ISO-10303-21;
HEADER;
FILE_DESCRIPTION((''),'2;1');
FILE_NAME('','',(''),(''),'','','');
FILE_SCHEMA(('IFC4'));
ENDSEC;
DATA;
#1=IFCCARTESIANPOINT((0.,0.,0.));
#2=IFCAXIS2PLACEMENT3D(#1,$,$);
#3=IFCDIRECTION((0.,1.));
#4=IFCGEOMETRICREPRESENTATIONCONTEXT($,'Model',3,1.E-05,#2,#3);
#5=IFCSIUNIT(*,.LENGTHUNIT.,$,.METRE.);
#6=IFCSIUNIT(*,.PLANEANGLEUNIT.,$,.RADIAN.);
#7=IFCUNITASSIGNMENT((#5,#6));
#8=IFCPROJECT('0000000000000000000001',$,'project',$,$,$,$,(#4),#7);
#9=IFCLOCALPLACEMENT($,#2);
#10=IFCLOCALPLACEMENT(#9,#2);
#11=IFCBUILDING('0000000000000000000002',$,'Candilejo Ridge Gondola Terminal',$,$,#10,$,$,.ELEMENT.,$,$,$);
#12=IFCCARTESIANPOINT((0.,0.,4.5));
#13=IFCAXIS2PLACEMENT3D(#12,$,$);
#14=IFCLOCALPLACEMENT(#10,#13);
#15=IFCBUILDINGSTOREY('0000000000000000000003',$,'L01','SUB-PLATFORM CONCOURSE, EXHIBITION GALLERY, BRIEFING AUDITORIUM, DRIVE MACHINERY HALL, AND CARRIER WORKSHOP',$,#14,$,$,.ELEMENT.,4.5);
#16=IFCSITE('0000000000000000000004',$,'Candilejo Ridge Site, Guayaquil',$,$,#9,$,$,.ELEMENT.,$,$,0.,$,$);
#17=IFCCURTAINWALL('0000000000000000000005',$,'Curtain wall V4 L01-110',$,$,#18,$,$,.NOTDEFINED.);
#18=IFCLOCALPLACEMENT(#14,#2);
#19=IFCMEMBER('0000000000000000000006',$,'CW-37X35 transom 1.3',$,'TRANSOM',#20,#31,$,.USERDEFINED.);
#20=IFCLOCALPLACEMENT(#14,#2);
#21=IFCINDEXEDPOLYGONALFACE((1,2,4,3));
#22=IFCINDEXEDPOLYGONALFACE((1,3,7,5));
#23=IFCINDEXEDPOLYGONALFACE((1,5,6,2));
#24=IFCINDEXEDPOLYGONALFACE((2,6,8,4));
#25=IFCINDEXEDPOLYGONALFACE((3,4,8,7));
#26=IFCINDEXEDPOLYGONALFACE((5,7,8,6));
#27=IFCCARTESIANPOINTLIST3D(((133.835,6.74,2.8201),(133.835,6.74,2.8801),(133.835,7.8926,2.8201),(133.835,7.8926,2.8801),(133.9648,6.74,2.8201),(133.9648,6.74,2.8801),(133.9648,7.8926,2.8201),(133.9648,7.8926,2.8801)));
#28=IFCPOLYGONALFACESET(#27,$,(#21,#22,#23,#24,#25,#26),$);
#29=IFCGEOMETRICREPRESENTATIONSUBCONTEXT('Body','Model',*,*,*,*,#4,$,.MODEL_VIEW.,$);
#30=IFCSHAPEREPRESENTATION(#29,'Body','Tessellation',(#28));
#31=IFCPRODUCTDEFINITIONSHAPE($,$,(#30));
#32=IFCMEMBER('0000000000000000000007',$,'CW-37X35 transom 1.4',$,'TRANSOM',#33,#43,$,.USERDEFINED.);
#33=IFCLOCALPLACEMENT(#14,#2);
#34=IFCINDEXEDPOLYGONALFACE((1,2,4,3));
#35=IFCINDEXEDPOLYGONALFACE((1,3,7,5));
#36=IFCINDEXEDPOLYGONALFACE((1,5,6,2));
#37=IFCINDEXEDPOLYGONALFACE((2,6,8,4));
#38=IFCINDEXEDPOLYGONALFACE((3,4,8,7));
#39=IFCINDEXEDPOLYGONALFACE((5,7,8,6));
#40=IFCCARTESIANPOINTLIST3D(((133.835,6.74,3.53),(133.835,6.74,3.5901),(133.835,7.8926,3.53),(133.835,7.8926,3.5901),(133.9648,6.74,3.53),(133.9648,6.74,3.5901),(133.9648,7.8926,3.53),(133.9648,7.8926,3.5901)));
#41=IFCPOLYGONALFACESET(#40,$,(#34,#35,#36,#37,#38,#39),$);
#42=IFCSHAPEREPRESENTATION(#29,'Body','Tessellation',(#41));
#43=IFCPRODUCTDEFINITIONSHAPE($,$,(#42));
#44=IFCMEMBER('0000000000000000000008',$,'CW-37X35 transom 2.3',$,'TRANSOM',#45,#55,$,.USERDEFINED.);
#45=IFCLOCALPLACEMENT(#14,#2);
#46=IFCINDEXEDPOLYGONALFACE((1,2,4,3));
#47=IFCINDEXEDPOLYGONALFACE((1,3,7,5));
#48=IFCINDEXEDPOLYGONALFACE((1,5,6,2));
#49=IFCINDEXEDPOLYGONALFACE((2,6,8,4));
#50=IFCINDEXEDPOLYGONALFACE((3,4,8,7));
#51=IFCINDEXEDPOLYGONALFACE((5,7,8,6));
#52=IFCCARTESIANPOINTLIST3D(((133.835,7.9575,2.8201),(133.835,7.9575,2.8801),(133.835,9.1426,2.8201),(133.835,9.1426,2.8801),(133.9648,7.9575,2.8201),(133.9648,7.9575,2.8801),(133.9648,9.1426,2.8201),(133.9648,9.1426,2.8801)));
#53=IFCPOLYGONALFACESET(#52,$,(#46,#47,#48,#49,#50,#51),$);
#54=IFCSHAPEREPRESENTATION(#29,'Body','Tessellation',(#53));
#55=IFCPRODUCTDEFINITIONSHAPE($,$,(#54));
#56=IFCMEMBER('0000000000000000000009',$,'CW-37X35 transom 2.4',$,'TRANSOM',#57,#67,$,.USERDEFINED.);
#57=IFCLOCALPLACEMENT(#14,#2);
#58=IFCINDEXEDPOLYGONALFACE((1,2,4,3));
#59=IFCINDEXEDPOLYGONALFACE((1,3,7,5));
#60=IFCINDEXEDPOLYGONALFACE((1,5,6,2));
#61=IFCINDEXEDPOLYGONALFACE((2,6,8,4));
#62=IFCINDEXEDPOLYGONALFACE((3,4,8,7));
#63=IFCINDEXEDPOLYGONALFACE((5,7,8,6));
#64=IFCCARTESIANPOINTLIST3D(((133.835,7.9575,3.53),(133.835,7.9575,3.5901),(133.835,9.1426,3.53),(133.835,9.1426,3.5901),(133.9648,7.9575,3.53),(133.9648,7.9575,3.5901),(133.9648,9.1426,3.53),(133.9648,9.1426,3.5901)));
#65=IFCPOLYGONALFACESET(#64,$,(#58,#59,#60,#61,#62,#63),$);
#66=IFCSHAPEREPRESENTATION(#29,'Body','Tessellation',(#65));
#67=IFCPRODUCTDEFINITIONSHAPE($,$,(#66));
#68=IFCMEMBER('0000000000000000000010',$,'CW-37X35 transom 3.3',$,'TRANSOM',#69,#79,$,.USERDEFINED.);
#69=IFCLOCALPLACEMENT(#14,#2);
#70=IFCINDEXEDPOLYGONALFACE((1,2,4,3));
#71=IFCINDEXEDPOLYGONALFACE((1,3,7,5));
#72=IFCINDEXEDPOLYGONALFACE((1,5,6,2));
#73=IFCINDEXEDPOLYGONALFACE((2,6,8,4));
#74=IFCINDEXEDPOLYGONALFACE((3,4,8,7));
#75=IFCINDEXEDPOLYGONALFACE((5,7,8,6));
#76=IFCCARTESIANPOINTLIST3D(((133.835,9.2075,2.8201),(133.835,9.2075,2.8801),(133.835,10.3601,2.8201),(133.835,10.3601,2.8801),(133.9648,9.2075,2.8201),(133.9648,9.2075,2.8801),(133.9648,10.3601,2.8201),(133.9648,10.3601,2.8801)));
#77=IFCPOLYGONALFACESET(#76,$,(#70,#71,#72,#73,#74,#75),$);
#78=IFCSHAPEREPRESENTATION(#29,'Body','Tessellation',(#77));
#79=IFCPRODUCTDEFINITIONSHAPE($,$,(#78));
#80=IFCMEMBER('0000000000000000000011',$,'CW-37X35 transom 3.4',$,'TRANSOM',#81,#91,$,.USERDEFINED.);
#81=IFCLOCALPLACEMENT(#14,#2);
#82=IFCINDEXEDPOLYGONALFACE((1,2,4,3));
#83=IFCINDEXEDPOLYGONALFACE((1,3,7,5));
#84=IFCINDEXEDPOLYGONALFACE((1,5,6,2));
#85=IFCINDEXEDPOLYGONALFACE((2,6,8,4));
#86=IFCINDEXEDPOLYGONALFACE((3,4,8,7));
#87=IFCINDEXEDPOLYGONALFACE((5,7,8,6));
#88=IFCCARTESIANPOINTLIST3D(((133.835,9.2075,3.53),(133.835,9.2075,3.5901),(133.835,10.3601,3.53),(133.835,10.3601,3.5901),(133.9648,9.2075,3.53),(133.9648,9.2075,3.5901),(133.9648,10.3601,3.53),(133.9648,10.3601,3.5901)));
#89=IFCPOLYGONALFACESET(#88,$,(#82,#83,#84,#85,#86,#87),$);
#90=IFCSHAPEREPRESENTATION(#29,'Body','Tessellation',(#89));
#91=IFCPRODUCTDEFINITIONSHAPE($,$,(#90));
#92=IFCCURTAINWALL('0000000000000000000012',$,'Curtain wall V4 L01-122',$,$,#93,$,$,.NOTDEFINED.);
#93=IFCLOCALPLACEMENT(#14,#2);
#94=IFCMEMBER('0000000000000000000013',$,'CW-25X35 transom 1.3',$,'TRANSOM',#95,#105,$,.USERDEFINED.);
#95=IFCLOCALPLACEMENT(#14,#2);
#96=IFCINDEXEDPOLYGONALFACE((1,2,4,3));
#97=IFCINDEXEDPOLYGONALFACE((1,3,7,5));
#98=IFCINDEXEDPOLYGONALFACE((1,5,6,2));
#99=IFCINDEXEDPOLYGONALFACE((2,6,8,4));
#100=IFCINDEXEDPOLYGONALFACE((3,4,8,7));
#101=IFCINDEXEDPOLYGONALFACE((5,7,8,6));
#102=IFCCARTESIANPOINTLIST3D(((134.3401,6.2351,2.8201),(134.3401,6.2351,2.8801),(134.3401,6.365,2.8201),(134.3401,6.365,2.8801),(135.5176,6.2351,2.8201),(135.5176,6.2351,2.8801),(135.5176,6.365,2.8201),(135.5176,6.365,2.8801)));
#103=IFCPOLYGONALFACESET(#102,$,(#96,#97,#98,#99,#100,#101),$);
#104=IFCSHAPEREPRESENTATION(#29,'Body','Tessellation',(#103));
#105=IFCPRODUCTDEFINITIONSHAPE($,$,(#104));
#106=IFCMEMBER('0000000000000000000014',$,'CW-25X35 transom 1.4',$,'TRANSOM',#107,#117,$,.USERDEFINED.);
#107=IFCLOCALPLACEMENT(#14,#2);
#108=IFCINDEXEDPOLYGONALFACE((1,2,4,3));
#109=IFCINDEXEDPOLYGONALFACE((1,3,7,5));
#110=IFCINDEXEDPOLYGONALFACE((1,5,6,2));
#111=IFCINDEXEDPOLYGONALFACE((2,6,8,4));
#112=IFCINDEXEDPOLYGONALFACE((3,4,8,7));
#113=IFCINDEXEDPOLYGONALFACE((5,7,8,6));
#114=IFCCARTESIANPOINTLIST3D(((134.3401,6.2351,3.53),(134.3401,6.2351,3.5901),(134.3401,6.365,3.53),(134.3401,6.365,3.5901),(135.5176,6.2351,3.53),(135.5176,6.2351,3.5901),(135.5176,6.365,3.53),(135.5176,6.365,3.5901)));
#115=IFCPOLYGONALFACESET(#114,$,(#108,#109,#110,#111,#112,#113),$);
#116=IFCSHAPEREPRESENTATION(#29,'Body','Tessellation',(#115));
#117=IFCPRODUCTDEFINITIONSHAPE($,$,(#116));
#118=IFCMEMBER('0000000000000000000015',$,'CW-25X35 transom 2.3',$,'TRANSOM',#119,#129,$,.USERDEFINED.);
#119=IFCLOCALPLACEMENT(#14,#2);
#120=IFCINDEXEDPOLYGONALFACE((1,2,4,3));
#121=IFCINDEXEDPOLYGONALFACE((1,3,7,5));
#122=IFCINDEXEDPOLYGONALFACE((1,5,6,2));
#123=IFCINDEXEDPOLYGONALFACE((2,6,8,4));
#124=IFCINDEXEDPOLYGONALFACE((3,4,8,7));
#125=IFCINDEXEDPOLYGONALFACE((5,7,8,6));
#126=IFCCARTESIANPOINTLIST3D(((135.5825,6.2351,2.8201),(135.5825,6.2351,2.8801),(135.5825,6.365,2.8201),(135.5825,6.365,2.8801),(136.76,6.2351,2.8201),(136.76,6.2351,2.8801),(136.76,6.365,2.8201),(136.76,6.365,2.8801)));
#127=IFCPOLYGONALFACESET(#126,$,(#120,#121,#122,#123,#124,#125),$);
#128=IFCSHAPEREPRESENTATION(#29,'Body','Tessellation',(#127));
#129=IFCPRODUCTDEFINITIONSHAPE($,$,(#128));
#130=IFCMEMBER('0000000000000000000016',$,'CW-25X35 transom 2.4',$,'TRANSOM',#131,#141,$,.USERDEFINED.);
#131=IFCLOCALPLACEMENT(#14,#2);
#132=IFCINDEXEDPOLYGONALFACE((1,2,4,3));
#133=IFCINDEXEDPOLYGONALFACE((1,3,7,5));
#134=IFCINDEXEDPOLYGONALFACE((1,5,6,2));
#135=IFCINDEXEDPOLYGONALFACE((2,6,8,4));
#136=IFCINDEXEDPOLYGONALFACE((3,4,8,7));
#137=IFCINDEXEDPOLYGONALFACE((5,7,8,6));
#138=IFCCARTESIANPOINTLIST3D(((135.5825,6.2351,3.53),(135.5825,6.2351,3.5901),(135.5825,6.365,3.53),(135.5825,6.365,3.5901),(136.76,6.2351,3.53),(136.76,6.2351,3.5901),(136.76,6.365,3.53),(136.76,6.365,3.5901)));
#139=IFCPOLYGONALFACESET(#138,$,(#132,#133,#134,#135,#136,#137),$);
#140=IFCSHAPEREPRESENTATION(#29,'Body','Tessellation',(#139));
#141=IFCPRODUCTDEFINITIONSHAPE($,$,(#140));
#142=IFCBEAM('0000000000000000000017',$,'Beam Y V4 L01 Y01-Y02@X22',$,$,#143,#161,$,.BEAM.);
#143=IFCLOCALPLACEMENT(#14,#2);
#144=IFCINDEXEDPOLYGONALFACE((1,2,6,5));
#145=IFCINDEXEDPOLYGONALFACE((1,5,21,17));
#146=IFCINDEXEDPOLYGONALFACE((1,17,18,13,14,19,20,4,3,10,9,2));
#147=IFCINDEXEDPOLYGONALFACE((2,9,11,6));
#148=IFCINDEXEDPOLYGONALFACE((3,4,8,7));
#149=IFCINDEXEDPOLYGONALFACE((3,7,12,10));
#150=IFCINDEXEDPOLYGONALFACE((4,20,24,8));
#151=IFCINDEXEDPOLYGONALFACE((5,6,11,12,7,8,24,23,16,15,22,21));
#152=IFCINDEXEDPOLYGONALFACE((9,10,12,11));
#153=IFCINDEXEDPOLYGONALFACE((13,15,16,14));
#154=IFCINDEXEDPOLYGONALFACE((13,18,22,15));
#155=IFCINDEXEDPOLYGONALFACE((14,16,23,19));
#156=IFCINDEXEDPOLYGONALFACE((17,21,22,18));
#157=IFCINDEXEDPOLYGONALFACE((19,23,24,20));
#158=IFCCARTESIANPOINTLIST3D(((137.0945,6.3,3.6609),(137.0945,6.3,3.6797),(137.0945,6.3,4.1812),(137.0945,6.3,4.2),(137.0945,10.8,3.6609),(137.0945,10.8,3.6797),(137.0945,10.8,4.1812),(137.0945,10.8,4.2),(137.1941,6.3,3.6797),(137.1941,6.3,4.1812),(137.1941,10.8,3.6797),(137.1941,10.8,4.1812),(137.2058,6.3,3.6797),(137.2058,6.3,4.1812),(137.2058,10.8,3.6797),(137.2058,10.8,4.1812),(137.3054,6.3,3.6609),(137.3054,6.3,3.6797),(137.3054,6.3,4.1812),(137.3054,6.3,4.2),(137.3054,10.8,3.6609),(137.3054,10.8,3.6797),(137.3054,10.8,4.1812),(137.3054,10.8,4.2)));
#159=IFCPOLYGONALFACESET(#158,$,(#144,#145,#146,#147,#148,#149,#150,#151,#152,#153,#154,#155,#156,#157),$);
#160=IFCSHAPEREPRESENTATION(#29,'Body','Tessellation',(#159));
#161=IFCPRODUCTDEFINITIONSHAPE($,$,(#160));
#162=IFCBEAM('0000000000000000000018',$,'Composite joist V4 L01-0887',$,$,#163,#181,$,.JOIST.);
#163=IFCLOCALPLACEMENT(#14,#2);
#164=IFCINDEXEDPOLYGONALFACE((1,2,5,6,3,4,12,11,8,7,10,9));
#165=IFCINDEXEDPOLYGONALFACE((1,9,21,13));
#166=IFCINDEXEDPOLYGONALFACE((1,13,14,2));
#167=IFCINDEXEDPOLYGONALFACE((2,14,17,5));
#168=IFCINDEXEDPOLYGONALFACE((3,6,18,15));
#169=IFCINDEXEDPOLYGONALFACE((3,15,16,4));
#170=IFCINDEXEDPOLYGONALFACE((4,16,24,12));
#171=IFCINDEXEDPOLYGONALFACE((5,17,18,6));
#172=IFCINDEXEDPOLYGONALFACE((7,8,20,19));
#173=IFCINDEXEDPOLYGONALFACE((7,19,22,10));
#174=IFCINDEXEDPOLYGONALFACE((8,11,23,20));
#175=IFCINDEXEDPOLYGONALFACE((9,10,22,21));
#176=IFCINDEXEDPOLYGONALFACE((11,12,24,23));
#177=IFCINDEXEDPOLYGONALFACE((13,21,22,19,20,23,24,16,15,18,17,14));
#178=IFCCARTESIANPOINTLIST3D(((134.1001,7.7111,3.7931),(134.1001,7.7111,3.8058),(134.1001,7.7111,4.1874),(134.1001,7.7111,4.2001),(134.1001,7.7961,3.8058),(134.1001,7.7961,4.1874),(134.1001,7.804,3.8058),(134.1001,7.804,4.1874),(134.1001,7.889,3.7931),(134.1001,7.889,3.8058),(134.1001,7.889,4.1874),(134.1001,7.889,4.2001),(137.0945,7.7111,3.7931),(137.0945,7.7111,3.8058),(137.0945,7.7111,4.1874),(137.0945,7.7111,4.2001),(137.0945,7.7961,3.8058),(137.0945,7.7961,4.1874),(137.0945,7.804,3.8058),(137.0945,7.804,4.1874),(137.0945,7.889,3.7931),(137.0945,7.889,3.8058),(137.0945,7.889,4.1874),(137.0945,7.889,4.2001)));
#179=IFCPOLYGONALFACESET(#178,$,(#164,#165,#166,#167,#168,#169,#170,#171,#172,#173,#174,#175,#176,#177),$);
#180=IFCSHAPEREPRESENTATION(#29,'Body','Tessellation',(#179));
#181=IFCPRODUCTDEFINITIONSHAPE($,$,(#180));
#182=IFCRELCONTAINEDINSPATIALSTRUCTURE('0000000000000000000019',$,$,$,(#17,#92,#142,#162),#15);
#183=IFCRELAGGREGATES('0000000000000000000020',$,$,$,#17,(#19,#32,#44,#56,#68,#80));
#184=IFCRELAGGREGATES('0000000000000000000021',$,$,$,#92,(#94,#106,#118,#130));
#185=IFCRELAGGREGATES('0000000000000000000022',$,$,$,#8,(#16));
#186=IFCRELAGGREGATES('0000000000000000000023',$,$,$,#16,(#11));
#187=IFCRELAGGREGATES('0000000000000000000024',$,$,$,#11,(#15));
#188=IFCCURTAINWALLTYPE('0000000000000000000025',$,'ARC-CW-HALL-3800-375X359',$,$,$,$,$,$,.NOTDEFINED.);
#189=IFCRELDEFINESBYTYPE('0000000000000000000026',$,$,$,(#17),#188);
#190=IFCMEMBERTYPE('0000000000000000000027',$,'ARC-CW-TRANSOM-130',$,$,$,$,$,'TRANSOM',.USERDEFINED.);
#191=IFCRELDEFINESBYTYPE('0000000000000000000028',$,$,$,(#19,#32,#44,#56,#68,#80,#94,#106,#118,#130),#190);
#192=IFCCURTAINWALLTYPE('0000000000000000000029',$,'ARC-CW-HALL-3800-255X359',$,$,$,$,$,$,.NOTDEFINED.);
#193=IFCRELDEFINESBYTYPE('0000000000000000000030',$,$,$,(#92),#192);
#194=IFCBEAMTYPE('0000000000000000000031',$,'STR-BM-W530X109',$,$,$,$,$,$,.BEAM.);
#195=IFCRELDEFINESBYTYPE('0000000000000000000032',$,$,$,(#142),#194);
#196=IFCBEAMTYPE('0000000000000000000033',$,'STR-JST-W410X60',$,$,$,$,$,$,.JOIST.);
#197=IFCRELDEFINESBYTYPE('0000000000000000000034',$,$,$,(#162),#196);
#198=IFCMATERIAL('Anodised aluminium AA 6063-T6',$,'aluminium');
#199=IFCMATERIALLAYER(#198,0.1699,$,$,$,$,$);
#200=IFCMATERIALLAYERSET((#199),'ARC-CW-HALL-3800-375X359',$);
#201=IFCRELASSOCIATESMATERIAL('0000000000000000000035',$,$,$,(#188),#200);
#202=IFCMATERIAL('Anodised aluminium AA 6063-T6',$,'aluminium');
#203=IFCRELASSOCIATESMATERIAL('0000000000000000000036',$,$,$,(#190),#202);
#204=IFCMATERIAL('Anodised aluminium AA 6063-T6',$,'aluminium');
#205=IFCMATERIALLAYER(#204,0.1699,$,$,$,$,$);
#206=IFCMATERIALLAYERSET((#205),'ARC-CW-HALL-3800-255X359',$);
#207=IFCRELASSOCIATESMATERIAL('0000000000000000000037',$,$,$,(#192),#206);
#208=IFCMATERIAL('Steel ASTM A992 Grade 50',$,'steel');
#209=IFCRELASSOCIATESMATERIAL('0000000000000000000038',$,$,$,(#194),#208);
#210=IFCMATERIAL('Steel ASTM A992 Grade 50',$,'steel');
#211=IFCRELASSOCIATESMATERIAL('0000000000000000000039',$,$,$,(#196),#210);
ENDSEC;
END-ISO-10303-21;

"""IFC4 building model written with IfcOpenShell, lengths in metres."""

from ifc_helpers import new_model, si_unit, direction, frame, origin, origin_2d, place, context, subcontext, project, spatial, rectangle, i_section, extrude, material, layer, layer_set, material_profile, profile_set, type_object, element, aggregate, save


model = new_model("IFC4")

# Units and contexts
model_context = context("Model", 3, precision=1e-05, world=origin(), true_north=direction((0.0, 1.0)))
body_context = subcontext(model_context, "Body", "Model", "MODEL_VIEW")
ifc_project = project(units=[si_unit("LENGTHUNIT", "METRE"), si_unit("PLANEANGLEUNIT", "RADIAN")], contexts=[model_context])

# Site, building, storey
site_placement = place(None, origin())
site = spatial("IfcSite", under=ifc_project, at=site_placement, Name="Candilejo Ridge Site, Guayaquil", CompositionType="ELEMENT", RefElevation=0.0)
building_placement = place(site_placement, origin())
building = spatial("IfcBuilding", under=site, at=building_placement, Name="Candilejo Ridge Gondola Terminal", CompositionType="ELEMENT")
storey_placement = place(building_placement, frame((0.0, 0.0, 4.5)))
storey = spatial("IfcBuildingStorey", under=building, at=storey_placement, Name="L01", Description="SUB-PLATFORM CONCOURSE, EXHIBITION GALLERY, BRIEFING AUDITORIUM, DRIVE MACHINERY HALL, AND CARRIER WORKSHOP", CompositionType="ELEMENT", Elevation=4.5)

# Curtain walls, members
ifc_material_1 = material(Name="Anodised aluminium AA 6063-T6", Category="aluminium")
ifc_layer_1 = layer(ifc_material_1, 0.1699)
ifc_layer_set_1 = layer_set([ifc_layer_1], Name="ARC-CW-HALL-3800-375X359")
curtain_wall_type_1 = type_object("IfcCurtainWallType", Name="ARC-CW-HALL-3800-375X359", PredefinedType="NOTDEFINED", material=ifc_layer_set_1)
curtain_wall_1_placement = place(storey_placement, origin())
curtain_wall_1 = element("IfcCurtainWall", 1, at=curtain_wall_1_placement, inside=storey, type_object=curtain_wall_type_1, Name="Curtain wall V4 L01-110", PredefinedType="NOTDEFINED")
ifc_material_2 = material(Name="Anodised aluminium AA 6063-T6", Category="aluminium")
ifc_material_profile_1 = material_profile(ifc_material_2, rectangle(XDim=0.1299, YDim=0.0601, at=origin_2d()))
ifc_profile_set_1 = profile_set([ifc_material_profile_1], Name="Anodised aluminium AA 6063-T6")
member_type = type_object("IfcMemberType", Name="ARC-CW-TRANSOM-130", ElementType="TRANSOM", PredefinedType="USERDEFINED", material=ifc_profile_set_1)
member_1_placement = place(storey_placement, frame((133.8999, 6.74, 2.8501), z_axis=(0.0, 1.0, 0.0), x_axis=(-1.0, 0.0, 0.0)))
member_1 = element("IfcMember", 2, at=member_1_placement, type_object=member_type, Name="CW-37X35 transom 1.3", ObjectType="TRANSOM", PredefinedType="USERDEFINED", context=body_context, shape_type="SweptSolid", body=[
    extrude(rectangle(XDim=0.1299, YDim=0.0601, at=origin_2d()), origin(), (0.0, 0.0, 1.0), 1.1526),
])
member_2_placement = place(storey_placement, frame((133.8999, 6.74, 3.5601), z_axis=(0.0, 1.0, 0.0), x_axis=(-1.0, 0.0, 0.0)))
member_2 = element("IfcMember", 3, at=member_2_placement, type_object=member_type, Name="CW-37X35 transom 1.4", ObjectType="TRANSOM", PredefinedType="USERDEFINED", context=body_context, shape_type="SweptSolid", body=[
    extrude(rectangle(XDim=0.1299, YDim=0.0601, at=origin_2d()), origin(), (0.0, 0.0, 1.0), 1.1526),
])
member_3_placement = place(storey_placement, frame((133.8999, 7.9575, 2.8501), z_axis=(0.0, 1.0, 0.0), x_axis=(-1.0, 0.0, 0.0)))
member_3 = element("IfcMember", 4, at=member_3_placement, type_object=member_type, Name="CW-37X35 transom 2.3", ObjectType="TRANSOM", PredefinedType="USERDEFINED", context=body_context, shape_type="SweptSolid", body=[
    extrude(rectangle(XDim=0.1299, YDim=0.0601, at=origin_2d()), origin(), (0.0, 0.0, 1.0), 1.1851),
])
member_4_placement = place(storey_placement, frame((133.8999, 7.9575, 3.5601), z_axis=(0.0, 1.0, 0.0), x_axis=(-1.0, 0.0, 0.0)))
member_4 = element("IfcMember", 5, at=member_4_placement, type_object=member_type, Name="CW-37X35 transom 2.4", ObjectType="TRANSOM", PredefinedType="USERDEFINED", context=body_context, shape_type="SweptSolid", body=[
    extrude(rectangle(XDim=0.1299, YDim=0.0601, at=origin_2d()), origin(), (0.0, 0.0, 1.0), 1.1851),
])
member_5_placement = place(storey_placement, frame((133.8999, 9.2075, 2.8501), z_axis=(0.0, 1.0, 0.0), x_axis=(-1.0, 0.0, 0.0)))
member_5 = element("IfcMember", 6, at=member_5_placement, type_object=member_type, Name="CW-37X35 transom 3.3", ObjectType="TRANSOM", PredefinedType="USERDEFINED", context=body_context, shape_type="SweptSolid", body=[
    extrude(rectangle(XDim=0.1299, YDim=0.0601, at=origin_2d()), origin(), (0.0, 0.0, 1.0), 1.1526),
])
member_6_placement = place(storey_placement, frame((133.8999, 9.2075, 3.5601), z_axis=(0.0, 1.0, 0.0), x_axis=(-1.0, 0.0, 0.0)))
member_6 = element("IfcMember", 7, at=member_6_placement, type_object=member_type, Name="CW-37X35 transom 3.4", ObjectType="TRANSOM", PredefinedType="USERDEFINED", context=body_context, shape_type="SweptSolid", body=[
    extrude(rectangle(XDim=0.1299, YDim=0.0601, at=origin_2d()), origin(), (0.0, 0.0, 1.0), 1.1526),
])
ifc_material_3 = material(Name="Anodised aluminium AA 6063-T6", Category="aluminium")
ifc_layer_2 = layer(ifc_material_3, 0.1699)
ifc_layer_set_2 = layer_set([ifc_layer_2], Name="ARC-CW-HALL-3800-255X359")
curtain_wall_type_2 = type_object("IfcCurtainWallType", Name="ARC-CW-HALL-3800-255X359", PredefinedType="NOTDEFINED", material=ifc_layer_set_2)
curtain_wall_2_placement = place(storey_placement, origin())
curtain_wall_2 = element("IfcCurtainWall", 8, at=curtain_wall_2_placement, inside=storey, type_object=curtain_wall_type_2, Name="Curtain wall V4 L01-122", PredefinedType="NOTDEFINED")
member_7_placement = place(storey_placement, frame((134.3401, 6.3, 2.8501), z_axis=(1.0, 0.0, 0.0), x_axis=(0.0, 1.0, 0.0)))
member_7 = element("IfcMember", 9, at=member_7_placement, type_object=member_type, Name="CW-25X35 transom 1.3", ObjectType="TRANSOM", PredefinedType="USERDEFINED", context=body_context, shape_type="SweptSolid", body=[
    extrude(rectangle(XDim=0.1299, YDim=0.0601, at=origin_2d()), origin(), (0.0, 0.0, 1.0), 1.1775),
])
member_8_placement = place(storey_placement, frame((134.3401, 6.3, 3.5601), z_axis=(1.0, 0.0, 0.0), x_axis=(0.0, 1.0, 0.0)))
member_8 = element("IfcMember", 10, at=member_8_placement, type_object=member_type, Name="CW-25X35 transom 1.4", ObjectType="TRANSOM", PredefinedType="USERDEFINED", context=body_context, shape_type="SweptSolid", body=[
    extrude(rectangle(XDim=0.1299, YDim=0.0601, at=origin_2d()), origin(), (0.0, 0.0, 1.0), 1.1775),
])
member_9_placement = place(storey_placement, frame((135.5825, 6.3, 2.8501), z_axis=(1.0, 0.0, 0.0), x_axis=(0.0, 1.0, 0.0)))
member_9 = element("IfcMember", 11, at=member_9_placement, type_object=member_type, Name="CW-25X35 transom 2.3", ObjectType="TRANSOM", PredefinedType="USERDEFINED", context=body_context, shape_type="SweptSolid", body=[
    extrude(rectangle(XDim=0.1299, YDim=0.0601, at=origin_2d()), origin(), (0.0, 0.0, 1.0), 1.1775),
])
member_10_placement = place(storey_placement, frame((135.5825, 6.3, 3.5601), z_axis=(1.0, 0.0, 0.0), x_axis=(0.0, 1.0, 0.0)))
member_10 = element("IfcMember", 12, at=member_10_placement, type_object=member_type, Name="CW-25X35 transom 2.4", ObjectType="TRANSOM", PredefinedType="USERDEFINED", context=body_context, shape_type="SweptSolid", body=[
    extrude(rectangle(XDim=0.1299, YDim=0.0601, at=origin_2d()), origin(), (0.0, 0.0, 1.0), 1.1775),
])

# Beams
ifc_material_4 = material(Name="Steel ASTM A992 Grade 50", Category="steel")
ifc_material_profile_2 = material_profile(ifc_material_4, i_section(OverallWidth=0.2109, OverallDepth=0.5391, WebThickness=0.0117, FlangeThickness=0.0188, at=origin_2d()))
ifc_profile_set_2 = profile_set([ifc_material_profile_2], Name="Steel ASTM A992 Grade 50")
beam_type_1 = type_object("IfcBeamType", Name="STR-BM-W530X109", PredefinedType="BEAM", material=ifc_profile_set_2)
beam_1_placement = place(storey_placement, frame((137.2, 6.3, 3.9304), z_axis=(0.0, 1.0, 0.0), x_axis=(-1.0, 0.0, 0.0)))
element("IfcBeam", 13, at=beam_1_placement, inside=storey, type_object=beam_type_1, Name="Beam Y V4 L01 Y01-Y02@X22", PredefinedType="BEAM", context=body_context, shape_type="SweptSolid", body=[
    extrude(i_section(OverallWidth=0.2109, OverallDepth=0.5391, WebThickness=0.0117, FlangeThickness=0.0188, at=origin_2d()), origin(), (0.0, 0.0, 1.0), 4.5),
])
ifc_material_5 = material(Name="Steel ASTM A992 Grade 50", Category="steel")
ifc_material_profile_3 = material_profile(ifc_material_5, i_section(OverallWidth=0.178, OverallDepth=0.407, WebThickness=0.0078, FlangeThickness=0.0127, at=origin_2d()))
ifc_profile_set_3 = profile_set([ifc_material_profile_3], Name="Steel ASTM A992 Grade 50")
beam_type_2 = type_object("IfcBeamType", Name="STR-JST-W410X60", PredefinedType="JOIST", material=ifc_profile_set_3)
for number, where, z_axis, x_axis, name in (
    (14, (134.1001, 7.8, 3.9966), (1.0, 0.0, 0.0), (0.0, 1.0, 0.0), "Composite joist V4 L01-0887"),
):
    element("IfcBeam", number, at=place(storey_placement, frame(where, z_axis=z_axis, x_axis=x_axis)), inside=storey, type_object=beam_type_2, Name=name, PredefinedType="JOIST", context=body_context, shape_type="SweptSolid", body=[
        extrude(i_section(OverallWidth=0.178, OverallDepth=0.407, WebThickness=0.0078, FlangeThickness=0.0127, at=origin_2d()), origin(), (0.0, 0.0, 1.0), 2.9944),
    ])

aggregate(curtain_wall_1, [member_1, member_2, member_3, member_4, member_5, member_6])
aggregate(curtain_wall_2, [member_7, member_8, member_9, member_10])

save(model, "model.ifc")
